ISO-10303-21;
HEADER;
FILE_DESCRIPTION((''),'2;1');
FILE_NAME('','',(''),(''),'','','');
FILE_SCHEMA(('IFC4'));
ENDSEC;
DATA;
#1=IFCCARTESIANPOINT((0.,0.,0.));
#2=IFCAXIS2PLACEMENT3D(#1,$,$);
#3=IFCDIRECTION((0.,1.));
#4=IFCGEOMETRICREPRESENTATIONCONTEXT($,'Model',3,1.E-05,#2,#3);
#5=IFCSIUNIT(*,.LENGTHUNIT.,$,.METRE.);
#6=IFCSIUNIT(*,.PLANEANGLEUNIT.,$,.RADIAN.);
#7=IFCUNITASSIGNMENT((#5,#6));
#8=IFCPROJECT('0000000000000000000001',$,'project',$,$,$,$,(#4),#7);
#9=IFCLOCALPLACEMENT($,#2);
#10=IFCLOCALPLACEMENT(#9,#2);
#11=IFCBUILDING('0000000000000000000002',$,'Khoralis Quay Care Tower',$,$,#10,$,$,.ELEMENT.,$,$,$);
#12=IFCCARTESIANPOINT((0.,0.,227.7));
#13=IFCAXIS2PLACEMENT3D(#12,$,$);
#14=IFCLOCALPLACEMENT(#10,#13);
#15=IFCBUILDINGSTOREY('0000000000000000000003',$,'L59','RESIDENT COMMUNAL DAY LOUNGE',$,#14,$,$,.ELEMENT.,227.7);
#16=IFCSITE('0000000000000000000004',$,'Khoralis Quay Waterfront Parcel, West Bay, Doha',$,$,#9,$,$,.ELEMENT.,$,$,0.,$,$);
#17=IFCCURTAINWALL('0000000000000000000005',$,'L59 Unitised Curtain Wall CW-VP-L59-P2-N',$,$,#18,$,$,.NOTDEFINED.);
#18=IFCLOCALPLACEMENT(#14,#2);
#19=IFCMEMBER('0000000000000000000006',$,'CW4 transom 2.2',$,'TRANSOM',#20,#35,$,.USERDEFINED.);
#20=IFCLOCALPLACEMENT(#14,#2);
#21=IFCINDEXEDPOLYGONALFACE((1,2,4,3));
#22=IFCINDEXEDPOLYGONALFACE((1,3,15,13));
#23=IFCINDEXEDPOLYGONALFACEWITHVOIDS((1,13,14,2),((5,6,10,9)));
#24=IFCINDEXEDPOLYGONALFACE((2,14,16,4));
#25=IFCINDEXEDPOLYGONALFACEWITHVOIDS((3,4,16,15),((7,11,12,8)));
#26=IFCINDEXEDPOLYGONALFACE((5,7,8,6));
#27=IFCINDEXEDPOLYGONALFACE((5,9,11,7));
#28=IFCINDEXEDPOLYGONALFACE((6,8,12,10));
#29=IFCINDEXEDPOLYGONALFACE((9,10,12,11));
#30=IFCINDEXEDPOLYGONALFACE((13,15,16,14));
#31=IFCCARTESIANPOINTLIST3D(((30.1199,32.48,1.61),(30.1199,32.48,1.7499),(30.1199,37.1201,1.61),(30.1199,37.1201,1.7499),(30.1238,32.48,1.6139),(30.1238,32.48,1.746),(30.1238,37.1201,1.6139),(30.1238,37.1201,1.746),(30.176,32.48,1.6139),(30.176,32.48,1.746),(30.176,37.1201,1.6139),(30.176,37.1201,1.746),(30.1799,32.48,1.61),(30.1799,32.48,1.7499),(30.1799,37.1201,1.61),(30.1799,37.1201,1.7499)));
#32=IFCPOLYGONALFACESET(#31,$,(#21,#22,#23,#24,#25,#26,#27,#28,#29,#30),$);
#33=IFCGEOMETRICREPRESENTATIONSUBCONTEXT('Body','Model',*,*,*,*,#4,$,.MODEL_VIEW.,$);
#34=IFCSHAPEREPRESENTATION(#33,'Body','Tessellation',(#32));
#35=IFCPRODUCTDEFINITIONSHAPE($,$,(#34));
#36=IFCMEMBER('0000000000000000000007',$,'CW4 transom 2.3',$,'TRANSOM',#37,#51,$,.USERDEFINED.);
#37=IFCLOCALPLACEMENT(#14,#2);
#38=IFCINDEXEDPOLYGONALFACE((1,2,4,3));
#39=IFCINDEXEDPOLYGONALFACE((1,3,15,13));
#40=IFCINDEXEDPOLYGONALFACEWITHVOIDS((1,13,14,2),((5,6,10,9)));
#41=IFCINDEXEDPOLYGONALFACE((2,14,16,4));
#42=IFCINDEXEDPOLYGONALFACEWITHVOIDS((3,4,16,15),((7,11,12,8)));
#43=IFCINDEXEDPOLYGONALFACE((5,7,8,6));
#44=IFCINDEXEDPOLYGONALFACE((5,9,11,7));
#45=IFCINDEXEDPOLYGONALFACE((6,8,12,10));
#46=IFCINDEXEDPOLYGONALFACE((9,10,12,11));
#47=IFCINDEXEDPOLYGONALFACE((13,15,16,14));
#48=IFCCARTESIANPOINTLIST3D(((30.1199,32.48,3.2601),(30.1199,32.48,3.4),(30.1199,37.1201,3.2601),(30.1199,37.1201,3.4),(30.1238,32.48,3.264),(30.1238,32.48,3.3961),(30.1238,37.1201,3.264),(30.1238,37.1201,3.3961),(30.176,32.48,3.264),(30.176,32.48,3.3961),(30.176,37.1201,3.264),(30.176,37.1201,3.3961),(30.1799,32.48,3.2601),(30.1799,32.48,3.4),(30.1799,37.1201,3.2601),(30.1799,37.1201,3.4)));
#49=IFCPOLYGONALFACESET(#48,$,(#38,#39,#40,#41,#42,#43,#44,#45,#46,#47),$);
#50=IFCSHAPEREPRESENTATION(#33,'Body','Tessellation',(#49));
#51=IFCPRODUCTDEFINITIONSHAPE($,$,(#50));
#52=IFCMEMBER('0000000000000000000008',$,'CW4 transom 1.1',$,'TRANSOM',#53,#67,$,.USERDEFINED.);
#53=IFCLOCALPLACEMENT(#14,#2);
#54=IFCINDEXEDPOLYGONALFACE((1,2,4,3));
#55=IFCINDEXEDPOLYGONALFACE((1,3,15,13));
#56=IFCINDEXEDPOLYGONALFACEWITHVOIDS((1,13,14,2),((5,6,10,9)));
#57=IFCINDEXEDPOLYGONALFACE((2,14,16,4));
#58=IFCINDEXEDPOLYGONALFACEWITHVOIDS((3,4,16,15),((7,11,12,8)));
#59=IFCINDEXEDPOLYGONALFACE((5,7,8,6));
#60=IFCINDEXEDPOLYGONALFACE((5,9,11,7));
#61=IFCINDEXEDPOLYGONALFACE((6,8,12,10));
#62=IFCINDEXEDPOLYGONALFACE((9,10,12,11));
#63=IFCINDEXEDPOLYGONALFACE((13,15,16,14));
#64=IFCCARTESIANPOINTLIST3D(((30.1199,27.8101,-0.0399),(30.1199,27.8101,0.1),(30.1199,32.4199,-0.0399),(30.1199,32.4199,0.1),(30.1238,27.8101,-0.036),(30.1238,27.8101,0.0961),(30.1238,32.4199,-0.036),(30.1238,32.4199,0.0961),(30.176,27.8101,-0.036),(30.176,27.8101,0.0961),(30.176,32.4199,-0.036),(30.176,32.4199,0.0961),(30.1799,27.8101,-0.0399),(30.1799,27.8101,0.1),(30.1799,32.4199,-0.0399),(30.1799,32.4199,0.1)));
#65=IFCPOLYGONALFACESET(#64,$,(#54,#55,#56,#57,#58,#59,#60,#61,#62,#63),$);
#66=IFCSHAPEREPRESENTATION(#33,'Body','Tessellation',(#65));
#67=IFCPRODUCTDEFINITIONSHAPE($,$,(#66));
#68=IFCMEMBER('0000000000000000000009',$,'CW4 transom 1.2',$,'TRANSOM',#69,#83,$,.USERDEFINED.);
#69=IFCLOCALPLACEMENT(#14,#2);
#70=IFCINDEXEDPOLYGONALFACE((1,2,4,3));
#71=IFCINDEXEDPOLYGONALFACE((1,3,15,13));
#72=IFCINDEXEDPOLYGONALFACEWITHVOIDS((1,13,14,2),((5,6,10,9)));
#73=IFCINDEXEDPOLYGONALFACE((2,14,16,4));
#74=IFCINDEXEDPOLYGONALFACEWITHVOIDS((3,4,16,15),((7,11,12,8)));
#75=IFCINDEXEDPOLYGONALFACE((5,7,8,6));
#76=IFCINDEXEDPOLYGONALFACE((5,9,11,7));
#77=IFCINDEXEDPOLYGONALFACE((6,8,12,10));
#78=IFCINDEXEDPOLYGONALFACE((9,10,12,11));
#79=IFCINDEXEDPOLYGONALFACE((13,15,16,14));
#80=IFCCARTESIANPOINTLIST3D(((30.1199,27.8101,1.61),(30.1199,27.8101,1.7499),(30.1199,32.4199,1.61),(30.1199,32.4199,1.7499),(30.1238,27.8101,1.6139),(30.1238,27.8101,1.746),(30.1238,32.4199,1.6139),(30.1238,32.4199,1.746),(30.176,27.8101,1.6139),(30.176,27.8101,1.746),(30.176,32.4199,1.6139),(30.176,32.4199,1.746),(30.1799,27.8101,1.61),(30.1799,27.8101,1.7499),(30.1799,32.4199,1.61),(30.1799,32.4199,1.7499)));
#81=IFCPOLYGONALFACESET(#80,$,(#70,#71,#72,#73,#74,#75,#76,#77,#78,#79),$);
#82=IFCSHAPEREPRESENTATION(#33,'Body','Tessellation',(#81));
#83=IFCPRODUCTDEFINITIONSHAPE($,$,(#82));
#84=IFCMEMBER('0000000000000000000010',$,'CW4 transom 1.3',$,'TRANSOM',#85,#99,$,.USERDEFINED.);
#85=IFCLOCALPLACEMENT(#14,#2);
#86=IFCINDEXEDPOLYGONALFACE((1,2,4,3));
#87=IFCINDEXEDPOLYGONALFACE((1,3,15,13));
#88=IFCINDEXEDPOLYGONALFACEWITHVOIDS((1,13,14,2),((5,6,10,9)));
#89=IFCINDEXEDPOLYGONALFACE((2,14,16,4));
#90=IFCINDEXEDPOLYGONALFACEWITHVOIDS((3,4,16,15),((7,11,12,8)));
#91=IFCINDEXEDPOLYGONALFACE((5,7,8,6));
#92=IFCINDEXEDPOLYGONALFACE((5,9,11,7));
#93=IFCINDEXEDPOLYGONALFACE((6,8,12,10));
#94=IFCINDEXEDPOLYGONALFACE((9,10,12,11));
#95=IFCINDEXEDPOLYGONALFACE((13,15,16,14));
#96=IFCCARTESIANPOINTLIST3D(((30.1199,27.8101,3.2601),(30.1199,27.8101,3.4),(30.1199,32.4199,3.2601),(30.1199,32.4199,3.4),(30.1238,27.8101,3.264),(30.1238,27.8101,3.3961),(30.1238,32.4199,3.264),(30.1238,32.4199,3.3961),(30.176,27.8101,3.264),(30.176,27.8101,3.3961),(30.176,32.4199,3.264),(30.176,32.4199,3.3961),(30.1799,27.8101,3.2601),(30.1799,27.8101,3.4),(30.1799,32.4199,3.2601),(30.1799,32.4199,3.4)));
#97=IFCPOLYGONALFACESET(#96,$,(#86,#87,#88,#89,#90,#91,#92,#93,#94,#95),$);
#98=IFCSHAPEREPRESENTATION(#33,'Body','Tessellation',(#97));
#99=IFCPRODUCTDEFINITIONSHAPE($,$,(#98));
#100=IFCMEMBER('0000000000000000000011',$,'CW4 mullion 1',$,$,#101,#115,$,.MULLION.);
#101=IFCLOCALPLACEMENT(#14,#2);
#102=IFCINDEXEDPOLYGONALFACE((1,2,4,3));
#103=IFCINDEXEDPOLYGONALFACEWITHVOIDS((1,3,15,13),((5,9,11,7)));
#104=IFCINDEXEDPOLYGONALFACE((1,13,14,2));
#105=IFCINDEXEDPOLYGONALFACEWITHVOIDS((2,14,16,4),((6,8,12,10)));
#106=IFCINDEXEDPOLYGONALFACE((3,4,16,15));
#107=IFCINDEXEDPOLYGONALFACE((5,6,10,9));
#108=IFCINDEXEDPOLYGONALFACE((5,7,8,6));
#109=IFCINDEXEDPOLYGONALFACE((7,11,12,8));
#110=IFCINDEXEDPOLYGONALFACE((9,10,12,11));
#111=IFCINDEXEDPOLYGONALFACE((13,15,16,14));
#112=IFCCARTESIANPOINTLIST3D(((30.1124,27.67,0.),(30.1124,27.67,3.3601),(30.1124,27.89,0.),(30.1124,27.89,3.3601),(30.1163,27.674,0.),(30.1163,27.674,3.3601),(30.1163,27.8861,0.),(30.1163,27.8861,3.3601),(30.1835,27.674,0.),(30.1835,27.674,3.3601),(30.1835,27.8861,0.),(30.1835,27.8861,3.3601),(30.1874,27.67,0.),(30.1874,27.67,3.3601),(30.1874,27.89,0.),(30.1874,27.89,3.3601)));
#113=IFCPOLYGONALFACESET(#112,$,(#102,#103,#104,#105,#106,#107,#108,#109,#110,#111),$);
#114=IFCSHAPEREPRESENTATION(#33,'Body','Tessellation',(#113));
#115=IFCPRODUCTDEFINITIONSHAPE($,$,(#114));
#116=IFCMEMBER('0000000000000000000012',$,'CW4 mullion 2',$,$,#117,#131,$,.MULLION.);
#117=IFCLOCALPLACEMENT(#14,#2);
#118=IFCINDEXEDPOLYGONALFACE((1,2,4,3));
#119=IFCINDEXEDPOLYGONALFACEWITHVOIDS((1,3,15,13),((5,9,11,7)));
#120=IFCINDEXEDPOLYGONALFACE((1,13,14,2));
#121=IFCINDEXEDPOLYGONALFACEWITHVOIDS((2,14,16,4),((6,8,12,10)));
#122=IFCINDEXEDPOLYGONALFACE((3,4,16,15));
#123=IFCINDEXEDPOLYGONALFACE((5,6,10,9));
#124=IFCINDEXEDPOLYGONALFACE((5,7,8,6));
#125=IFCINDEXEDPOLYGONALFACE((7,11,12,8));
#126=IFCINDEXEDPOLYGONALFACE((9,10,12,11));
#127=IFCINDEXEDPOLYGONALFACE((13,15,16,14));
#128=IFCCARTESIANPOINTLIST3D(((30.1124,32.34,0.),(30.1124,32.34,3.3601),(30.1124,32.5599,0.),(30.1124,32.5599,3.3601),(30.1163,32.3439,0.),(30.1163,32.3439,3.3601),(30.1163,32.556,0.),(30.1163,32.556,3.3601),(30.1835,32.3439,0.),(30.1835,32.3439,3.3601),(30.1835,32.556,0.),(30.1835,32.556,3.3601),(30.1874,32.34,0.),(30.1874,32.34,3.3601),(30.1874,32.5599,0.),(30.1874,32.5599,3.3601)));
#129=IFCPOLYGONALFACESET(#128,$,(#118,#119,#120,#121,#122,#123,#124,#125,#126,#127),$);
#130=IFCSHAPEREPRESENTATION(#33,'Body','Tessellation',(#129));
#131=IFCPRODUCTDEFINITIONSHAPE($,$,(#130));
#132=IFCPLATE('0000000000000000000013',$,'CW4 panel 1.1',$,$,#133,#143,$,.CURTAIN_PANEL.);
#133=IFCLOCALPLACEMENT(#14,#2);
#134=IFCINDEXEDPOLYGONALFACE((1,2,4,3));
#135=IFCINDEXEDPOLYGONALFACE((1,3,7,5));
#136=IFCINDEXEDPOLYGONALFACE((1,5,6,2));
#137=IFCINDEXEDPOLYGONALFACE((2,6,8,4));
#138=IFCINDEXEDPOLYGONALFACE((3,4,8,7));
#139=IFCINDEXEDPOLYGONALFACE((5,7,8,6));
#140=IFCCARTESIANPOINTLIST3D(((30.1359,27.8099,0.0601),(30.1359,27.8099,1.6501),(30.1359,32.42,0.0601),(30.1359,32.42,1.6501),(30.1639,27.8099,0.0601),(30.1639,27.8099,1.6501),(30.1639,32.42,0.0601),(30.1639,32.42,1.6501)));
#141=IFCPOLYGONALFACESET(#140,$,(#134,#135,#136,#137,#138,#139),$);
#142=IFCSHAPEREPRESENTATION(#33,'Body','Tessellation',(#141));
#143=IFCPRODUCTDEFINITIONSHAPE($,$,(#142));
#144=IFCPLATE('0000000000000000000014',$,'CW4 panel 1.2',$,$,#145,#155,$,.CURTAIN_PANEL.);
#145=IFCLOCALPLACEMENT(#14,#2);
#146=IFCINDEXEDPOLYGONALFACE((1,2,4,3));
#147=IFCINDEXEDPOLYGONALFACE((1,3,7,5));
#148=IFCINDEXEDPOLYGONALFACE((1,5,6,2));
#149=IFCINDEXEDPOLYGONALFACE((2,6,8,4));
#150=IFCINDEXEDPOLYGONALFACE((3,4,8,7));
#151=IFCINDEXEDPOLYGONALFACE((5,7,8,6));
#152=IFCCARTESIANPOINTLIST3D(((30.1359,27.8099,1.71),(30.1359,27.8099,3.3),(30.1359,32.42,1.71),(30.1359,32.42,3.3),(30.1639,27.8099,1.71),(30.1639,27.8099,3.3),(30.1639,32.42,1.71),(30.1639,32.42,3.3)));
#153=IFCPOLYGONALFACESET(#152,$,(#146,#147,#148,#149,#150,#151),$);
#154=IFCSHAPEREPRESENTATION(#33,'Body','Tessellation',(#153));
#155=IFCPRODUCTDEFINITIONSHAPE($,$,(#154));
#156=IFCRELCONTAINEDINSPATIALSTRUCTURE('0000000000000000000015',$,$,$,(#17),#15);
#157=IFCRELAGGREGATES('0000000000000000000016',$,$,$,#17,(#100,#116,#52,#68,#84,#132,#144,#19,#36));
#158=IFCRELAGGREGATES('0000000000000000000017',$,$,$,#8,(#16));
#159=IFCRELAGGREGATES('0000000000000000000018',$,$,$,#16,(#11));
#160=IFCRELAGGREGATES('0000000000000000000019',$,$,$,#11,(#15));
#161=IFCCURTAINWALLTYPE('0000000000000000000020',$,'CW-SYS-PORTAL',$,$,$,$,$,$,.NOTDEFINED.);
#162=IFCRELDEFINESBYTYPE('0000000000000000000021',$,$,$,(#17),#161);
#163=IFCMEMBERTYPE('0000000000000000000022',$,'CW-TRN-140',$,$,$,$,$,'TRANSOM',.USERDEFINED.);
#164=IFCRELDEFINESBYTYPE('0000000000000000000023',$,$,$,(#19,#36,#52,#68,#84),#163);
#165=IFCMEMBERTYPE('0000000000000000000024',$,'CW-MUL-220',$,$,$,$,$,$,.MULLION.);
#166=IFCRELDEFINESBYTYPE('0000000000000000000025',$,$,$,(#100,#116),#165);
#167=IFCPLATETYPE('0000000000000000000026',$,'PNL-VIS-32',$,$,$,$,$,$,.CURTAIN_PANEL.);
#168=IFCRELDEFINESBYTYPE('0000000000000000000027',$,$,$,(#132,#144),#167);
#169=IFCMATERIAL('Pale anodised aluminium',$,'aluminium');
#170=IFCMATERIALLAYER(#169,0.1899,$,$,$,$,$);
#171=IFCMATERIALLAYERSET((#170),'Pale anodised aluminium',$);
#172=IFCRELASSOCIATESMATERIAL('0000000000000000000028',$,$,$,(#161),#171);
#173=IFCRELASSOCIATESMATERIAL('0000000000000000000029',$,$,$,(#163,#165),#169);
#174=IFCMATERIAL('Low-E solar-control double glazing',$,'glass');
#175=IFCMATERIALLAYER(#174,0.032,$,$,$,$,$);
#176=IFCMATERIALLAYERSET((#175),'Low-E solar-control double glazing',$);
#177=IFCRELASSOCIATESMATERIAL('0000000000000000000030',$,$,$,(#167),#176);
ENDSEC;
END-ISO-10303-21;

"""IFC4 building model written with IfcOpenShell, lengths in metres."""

from ifc_helpers import new_model, si_unit, direction, frame, origin, origin_2d, place, context, subcontext, project, spatial, rectangle, hollow_rectangle, extrude, source, transform, mapped, material, layer, layer_set, material_profile, profile_set, type_object, element, aggregate, save


model = new_model("IFC4")

# Units and contexts
model_context = context("Model", 3, precision=1e-05, world=origin(), true_north=direction((0.0, 1.0)))
body_context = subcontext(model_context, "Body", "Model", "MODEL_VIEW")
ifc_project = project(units=[si_unit("LENGTHUNIT", "METRE"), si_unit("PLANEANGLEUNIT", "RADIAN")], contexts=[model_context])

# Site, building, storey
site_placement = place(None, origin())
site = spatial("IfcSite", under=ifc_project, at=site_placement, Name="Khoralis Quay Waterfront Parcel, West Bay, Doha", CompositionType="ELEMENT", RefElevation=0.0)
building_placement = place(site_placement, origin())
building = spatial("IfcBuilding", under=site, at=building_placement, Name="Khoralis Quay Care Tower", CompositionType="ELEMENT")
storey_placement = place(building_placement, frame((0.0, 0.0, 227.7)))
storey = spatial("IfcBuildingStorey", under=building, at=storey_placement, Name="L59", Description="RESIDENT COMMUNAL DAY LOUNGE", CompositionType="ELEMENT", Elevation=227.7)

# Curtain wall, members, plates
ifc_material_1 = material(Name="Pale anodised aluminium", Category="aluminium")
ifc_layer_1 = layer(ifc_material_1, 0.1899)
ifc_layer_set_1 = layer_set([ifc_layer_1], Name="Pale anodised aluminium")
curtain_wall_type = type_object("IfcCurtainWallType", Name="CW-SYS-PORTAL", PredefinedType="NOTDEFINED", material=ifc_layer_set_1)
curtain_wall_placement = place(storey_placement, origin())
curtain_wall = element("IfcCurtainWall", 1, at=curtain_wall_placement, inside=storey, type_object=curtain_wall_type, Name="L59 Unitised Curtain Wall CW-VP-L59-P2-N", PredefinedType="NOTDEFINED")
ifc_material_profile_1 = material_profile(ifc_material_1, hollow_rectangle(XDim=0.0601, YDim=0.1399, WallThickness=0.0039, at=origin_2d()), Name="Pale anodised aluminium")
ifc_profile_set_1 = profile_set([ifc_material_profile_1], Name="Pale anodised aluminium")
member_type_1 = type_object("IfcMemberType", Name="CW-TRN-140", ElementType="TRANSOM", PredefinedType="USERDEFINED", material=ifc_profile_set_1)
shared_shape_1 = source(origin(), body_context, "Body", "SweptSolid", [
    extrude(hollow_rectangle(XDim=0.0601, YDim=0.1399, WallThickness=0.0039, at=origin_2d()), origin(), (0.0, 0.0, 1.0), 4.6401),
])
member_1_placement = place(storey_placement, frame((30.1499, 32.48, 1.6799), z_axis=(0.0, 1.0, 0.0), x_axis=(-1.0, 0.0, 0.0)))
member_1 = element("IfcMember", 2, at=member_1_placement, type_object=member_type_1, Name="CW4 transom 2.2", ObjectType="TRANSOM", PredefinedType="USERDEFINED", context=body_context, shape_type="MappedRepresentation", body=[
    mapped(shared_shape_1, transform((0.0, 0.0, 0.0), scale=1.0)),
])
member_2_placement = place(storey_placement, frame((30.1499, 32.48, 3.3301), z_axis=(0.0, 1.0, 0.0), x_axis=(-1.0, 0.0, 0.0)))
member_2 = element("IfcMember", 3, at=member_2_placement, type_object=member_type_1, Name="CW4 transom 2.3", ObjectType="TRANSOM", PredefinedType="USERDEFINED", context=body_context, shape_type="MappedRepresentation", body=[
    mapped(shared_shape_1, transform((0.0, 0.0, 0.0), scale=1.0)),
])
shared_shape_2 = source(origin(), body_context, "Body", "SweptSolid", [
    extrude(hollow_rectangle(XDim=0.0601, YDim=0.1399, WallThickness=0.0039, at=origin_2d()), origin(), (0.0, 0.0, 1.0), 4.6099),
])
member_3_placement = place(storey_placement, frame((30.1499, 27.8101, 0.03), z_axis=(0.0, 1.0, 0.0), x_axis=(-1.0, 0.0, 0.0)))
member_3 = element("IfcMember", 4, at=member_3_placement, type_object=member_type_1, Name="CW4 transom 1.1", ObjectType="TRANSOM", PredefinedType="USERDEFINED", context=body_context, shape_type="MappedRepresentation", body=[
    mapped(shared_shape_2, transform((0.0, 0.0, 0.0), scale=1.0)),
])
member_4_placement = place(storey_placement, frame((30.1499, 27.8101, 1.6799), z_axis=(0.0, 1.0, 0.0), x_axis=(-1.0, 0.0, 0.0)))
member_4 = element("IfcMember", 5, at=member_4_placement, type_object=member_type_1, Name="CW4 transom 1.2", ObjectType="TRANSOM", PredefinedType="USERDEFINED", context=body_context, shape_type="MappedRepresentation", body=[
    mapped(shared_shape_2, transform((0.0, 0.0, 0.0), scale=1.0)),
])
member_5_placement = place(storey_placement, frame((30.1499, 27.8101, 3.3301), z_axis=(0.0, 1.0, 0.0), x_axis=(-1.0, 0.0, 0.0)))
member_5 = element("IfcMember", 6, at=member_5_placement, type_object=member_type_1, Name="CW4 transom 1.3", ObjectType="TRANSOM", PredefinedType="USERDEFINED", context=body_context, shape_type="MappedRepresentation", body=[
    mapped(shared_shape_2, transform((0.0, 0.0, 0.0), scale=1.0)),
])
ifc_material_profile_2 = material_profile(ifc_material_1, hollow_rectangle(XDim=0.075, YDim=0.22, WallThickness=0.0039, at=origin_2d()), Name="Pale anodised aluminium")
ifc_profile_set_2 = profile_set([ifc_material_profile_2], Name="Pale anodised aluminium")
member_type_2 = type_object("IfcMemberType", Name="CW-MUL-220", PredefinedType="MULLION", material=ifc_profile_set_2)
shared_shape_3 = source(origin(), body_context, "Body", "SweptSolid", [
    extrude(hollow_rectangle(XDim=0.075, YDim=0.22, WallThickness=0.0039, at=origin_2d()), origin(), (0.0, 0.0, 1.0), 3.3601),
])
member_6_placement = place(storey_placement, frame((30.1499, 27.78, 0.0), z_axis=(0.0, 0.0, 1.0), x_axis=(-1.0, 0.0, 0.0)))
member_6 = element("IfcMember", 7, at=member_6_placement, type_object=member_type_2, Name="CW4 mullion 1", PredefinedType="MULLION", context=body_context, shape_type="MappedRepresentation", body=[
    mapped(shared_shape_3, transform((0.0, 0.0, 0.0), scale=1.0)),
])
member_7_placement = place(storey_placement, frame((30.1499, 32.45, 0.0), z_axis=(0.0, 0.0, 1.0), x_axis=(-1.0, 0.0, 0.0)))
member_7 = element("IfcMember", 8, at=member_7_placement, type_object=member_type_2, Name="CW4 mullion 2", PredefinedType="MULLION", context=body_context, shape_type="MappedRepresentation", body=[
    mapped(shared_shape_3, transform((0.0, 0.0, 0.0), scale=1.0)),
])
ifc_material_2 = material(Name="Low-E solar-control double glazing", Category="glass")
ifc_layer_2 = layer(ifc_material_2, 0.032)
ifc_layer_set_2 = layer_set([ifc_layer_2], Name="Low-E solar-control double glazing")
plate_type = type_object("IfcPlateType", Name="PNL-VIS-32", PredefinedType="CURTAIN_PANEL", material=ifc_layer_set_2)
shared_shape_4 = source(origin(), body_context, "Body", "SweptSolid", [
    extrude(rectangle(XDim=4.6101, YDim=0.0281, at=origin_2d()), origin(), (0.0, 0.0, 1.0), 1.5901),
])
plate_1_placement = place(storey_placement, frame((30.1499, 30.115, 0.0601), z_axis=(0.0, 0.0, 1.0), x_axis=(0.0, 1.0, 0.0)))
plate_1 = element("IfcPlate", 9, at=plate_1_placement, type_object=plate_type, Name="CW4 panel 1.1", PredefinedType="CURTAIN_PANEL", context=body_context, shape_type="MappedRepresentation", body=[
    mapped(shared_shape_4, transform((0.0, 0.0, 0.0), scale=1.0)),
])
plate_2_placement = place(storey_placement, frame((30.1499, 30.115, 1.71), z_axis=(0.0, 0.0, 1.0), x_axis=(0.0, 1.0, 0.0)))
plate_2 = element("IfcPlate", 10, at=plate_2_placement, type_object=plate_type, Name="CW4 panel 1.2", PredefinedType="CURTAIN_PANEL", context=body_context, shape_type="MappedRepresentation", body=[
    mapped(shared_shape_4, transform((0.0, 0.0, 0.0), scale=1.0)),
])
aggregate(curtain_wall, [member_6, member_7, member_3, member_4, member_5, plate_1, plate_2, member_1, member_2])

save(model, "model.ifc")
